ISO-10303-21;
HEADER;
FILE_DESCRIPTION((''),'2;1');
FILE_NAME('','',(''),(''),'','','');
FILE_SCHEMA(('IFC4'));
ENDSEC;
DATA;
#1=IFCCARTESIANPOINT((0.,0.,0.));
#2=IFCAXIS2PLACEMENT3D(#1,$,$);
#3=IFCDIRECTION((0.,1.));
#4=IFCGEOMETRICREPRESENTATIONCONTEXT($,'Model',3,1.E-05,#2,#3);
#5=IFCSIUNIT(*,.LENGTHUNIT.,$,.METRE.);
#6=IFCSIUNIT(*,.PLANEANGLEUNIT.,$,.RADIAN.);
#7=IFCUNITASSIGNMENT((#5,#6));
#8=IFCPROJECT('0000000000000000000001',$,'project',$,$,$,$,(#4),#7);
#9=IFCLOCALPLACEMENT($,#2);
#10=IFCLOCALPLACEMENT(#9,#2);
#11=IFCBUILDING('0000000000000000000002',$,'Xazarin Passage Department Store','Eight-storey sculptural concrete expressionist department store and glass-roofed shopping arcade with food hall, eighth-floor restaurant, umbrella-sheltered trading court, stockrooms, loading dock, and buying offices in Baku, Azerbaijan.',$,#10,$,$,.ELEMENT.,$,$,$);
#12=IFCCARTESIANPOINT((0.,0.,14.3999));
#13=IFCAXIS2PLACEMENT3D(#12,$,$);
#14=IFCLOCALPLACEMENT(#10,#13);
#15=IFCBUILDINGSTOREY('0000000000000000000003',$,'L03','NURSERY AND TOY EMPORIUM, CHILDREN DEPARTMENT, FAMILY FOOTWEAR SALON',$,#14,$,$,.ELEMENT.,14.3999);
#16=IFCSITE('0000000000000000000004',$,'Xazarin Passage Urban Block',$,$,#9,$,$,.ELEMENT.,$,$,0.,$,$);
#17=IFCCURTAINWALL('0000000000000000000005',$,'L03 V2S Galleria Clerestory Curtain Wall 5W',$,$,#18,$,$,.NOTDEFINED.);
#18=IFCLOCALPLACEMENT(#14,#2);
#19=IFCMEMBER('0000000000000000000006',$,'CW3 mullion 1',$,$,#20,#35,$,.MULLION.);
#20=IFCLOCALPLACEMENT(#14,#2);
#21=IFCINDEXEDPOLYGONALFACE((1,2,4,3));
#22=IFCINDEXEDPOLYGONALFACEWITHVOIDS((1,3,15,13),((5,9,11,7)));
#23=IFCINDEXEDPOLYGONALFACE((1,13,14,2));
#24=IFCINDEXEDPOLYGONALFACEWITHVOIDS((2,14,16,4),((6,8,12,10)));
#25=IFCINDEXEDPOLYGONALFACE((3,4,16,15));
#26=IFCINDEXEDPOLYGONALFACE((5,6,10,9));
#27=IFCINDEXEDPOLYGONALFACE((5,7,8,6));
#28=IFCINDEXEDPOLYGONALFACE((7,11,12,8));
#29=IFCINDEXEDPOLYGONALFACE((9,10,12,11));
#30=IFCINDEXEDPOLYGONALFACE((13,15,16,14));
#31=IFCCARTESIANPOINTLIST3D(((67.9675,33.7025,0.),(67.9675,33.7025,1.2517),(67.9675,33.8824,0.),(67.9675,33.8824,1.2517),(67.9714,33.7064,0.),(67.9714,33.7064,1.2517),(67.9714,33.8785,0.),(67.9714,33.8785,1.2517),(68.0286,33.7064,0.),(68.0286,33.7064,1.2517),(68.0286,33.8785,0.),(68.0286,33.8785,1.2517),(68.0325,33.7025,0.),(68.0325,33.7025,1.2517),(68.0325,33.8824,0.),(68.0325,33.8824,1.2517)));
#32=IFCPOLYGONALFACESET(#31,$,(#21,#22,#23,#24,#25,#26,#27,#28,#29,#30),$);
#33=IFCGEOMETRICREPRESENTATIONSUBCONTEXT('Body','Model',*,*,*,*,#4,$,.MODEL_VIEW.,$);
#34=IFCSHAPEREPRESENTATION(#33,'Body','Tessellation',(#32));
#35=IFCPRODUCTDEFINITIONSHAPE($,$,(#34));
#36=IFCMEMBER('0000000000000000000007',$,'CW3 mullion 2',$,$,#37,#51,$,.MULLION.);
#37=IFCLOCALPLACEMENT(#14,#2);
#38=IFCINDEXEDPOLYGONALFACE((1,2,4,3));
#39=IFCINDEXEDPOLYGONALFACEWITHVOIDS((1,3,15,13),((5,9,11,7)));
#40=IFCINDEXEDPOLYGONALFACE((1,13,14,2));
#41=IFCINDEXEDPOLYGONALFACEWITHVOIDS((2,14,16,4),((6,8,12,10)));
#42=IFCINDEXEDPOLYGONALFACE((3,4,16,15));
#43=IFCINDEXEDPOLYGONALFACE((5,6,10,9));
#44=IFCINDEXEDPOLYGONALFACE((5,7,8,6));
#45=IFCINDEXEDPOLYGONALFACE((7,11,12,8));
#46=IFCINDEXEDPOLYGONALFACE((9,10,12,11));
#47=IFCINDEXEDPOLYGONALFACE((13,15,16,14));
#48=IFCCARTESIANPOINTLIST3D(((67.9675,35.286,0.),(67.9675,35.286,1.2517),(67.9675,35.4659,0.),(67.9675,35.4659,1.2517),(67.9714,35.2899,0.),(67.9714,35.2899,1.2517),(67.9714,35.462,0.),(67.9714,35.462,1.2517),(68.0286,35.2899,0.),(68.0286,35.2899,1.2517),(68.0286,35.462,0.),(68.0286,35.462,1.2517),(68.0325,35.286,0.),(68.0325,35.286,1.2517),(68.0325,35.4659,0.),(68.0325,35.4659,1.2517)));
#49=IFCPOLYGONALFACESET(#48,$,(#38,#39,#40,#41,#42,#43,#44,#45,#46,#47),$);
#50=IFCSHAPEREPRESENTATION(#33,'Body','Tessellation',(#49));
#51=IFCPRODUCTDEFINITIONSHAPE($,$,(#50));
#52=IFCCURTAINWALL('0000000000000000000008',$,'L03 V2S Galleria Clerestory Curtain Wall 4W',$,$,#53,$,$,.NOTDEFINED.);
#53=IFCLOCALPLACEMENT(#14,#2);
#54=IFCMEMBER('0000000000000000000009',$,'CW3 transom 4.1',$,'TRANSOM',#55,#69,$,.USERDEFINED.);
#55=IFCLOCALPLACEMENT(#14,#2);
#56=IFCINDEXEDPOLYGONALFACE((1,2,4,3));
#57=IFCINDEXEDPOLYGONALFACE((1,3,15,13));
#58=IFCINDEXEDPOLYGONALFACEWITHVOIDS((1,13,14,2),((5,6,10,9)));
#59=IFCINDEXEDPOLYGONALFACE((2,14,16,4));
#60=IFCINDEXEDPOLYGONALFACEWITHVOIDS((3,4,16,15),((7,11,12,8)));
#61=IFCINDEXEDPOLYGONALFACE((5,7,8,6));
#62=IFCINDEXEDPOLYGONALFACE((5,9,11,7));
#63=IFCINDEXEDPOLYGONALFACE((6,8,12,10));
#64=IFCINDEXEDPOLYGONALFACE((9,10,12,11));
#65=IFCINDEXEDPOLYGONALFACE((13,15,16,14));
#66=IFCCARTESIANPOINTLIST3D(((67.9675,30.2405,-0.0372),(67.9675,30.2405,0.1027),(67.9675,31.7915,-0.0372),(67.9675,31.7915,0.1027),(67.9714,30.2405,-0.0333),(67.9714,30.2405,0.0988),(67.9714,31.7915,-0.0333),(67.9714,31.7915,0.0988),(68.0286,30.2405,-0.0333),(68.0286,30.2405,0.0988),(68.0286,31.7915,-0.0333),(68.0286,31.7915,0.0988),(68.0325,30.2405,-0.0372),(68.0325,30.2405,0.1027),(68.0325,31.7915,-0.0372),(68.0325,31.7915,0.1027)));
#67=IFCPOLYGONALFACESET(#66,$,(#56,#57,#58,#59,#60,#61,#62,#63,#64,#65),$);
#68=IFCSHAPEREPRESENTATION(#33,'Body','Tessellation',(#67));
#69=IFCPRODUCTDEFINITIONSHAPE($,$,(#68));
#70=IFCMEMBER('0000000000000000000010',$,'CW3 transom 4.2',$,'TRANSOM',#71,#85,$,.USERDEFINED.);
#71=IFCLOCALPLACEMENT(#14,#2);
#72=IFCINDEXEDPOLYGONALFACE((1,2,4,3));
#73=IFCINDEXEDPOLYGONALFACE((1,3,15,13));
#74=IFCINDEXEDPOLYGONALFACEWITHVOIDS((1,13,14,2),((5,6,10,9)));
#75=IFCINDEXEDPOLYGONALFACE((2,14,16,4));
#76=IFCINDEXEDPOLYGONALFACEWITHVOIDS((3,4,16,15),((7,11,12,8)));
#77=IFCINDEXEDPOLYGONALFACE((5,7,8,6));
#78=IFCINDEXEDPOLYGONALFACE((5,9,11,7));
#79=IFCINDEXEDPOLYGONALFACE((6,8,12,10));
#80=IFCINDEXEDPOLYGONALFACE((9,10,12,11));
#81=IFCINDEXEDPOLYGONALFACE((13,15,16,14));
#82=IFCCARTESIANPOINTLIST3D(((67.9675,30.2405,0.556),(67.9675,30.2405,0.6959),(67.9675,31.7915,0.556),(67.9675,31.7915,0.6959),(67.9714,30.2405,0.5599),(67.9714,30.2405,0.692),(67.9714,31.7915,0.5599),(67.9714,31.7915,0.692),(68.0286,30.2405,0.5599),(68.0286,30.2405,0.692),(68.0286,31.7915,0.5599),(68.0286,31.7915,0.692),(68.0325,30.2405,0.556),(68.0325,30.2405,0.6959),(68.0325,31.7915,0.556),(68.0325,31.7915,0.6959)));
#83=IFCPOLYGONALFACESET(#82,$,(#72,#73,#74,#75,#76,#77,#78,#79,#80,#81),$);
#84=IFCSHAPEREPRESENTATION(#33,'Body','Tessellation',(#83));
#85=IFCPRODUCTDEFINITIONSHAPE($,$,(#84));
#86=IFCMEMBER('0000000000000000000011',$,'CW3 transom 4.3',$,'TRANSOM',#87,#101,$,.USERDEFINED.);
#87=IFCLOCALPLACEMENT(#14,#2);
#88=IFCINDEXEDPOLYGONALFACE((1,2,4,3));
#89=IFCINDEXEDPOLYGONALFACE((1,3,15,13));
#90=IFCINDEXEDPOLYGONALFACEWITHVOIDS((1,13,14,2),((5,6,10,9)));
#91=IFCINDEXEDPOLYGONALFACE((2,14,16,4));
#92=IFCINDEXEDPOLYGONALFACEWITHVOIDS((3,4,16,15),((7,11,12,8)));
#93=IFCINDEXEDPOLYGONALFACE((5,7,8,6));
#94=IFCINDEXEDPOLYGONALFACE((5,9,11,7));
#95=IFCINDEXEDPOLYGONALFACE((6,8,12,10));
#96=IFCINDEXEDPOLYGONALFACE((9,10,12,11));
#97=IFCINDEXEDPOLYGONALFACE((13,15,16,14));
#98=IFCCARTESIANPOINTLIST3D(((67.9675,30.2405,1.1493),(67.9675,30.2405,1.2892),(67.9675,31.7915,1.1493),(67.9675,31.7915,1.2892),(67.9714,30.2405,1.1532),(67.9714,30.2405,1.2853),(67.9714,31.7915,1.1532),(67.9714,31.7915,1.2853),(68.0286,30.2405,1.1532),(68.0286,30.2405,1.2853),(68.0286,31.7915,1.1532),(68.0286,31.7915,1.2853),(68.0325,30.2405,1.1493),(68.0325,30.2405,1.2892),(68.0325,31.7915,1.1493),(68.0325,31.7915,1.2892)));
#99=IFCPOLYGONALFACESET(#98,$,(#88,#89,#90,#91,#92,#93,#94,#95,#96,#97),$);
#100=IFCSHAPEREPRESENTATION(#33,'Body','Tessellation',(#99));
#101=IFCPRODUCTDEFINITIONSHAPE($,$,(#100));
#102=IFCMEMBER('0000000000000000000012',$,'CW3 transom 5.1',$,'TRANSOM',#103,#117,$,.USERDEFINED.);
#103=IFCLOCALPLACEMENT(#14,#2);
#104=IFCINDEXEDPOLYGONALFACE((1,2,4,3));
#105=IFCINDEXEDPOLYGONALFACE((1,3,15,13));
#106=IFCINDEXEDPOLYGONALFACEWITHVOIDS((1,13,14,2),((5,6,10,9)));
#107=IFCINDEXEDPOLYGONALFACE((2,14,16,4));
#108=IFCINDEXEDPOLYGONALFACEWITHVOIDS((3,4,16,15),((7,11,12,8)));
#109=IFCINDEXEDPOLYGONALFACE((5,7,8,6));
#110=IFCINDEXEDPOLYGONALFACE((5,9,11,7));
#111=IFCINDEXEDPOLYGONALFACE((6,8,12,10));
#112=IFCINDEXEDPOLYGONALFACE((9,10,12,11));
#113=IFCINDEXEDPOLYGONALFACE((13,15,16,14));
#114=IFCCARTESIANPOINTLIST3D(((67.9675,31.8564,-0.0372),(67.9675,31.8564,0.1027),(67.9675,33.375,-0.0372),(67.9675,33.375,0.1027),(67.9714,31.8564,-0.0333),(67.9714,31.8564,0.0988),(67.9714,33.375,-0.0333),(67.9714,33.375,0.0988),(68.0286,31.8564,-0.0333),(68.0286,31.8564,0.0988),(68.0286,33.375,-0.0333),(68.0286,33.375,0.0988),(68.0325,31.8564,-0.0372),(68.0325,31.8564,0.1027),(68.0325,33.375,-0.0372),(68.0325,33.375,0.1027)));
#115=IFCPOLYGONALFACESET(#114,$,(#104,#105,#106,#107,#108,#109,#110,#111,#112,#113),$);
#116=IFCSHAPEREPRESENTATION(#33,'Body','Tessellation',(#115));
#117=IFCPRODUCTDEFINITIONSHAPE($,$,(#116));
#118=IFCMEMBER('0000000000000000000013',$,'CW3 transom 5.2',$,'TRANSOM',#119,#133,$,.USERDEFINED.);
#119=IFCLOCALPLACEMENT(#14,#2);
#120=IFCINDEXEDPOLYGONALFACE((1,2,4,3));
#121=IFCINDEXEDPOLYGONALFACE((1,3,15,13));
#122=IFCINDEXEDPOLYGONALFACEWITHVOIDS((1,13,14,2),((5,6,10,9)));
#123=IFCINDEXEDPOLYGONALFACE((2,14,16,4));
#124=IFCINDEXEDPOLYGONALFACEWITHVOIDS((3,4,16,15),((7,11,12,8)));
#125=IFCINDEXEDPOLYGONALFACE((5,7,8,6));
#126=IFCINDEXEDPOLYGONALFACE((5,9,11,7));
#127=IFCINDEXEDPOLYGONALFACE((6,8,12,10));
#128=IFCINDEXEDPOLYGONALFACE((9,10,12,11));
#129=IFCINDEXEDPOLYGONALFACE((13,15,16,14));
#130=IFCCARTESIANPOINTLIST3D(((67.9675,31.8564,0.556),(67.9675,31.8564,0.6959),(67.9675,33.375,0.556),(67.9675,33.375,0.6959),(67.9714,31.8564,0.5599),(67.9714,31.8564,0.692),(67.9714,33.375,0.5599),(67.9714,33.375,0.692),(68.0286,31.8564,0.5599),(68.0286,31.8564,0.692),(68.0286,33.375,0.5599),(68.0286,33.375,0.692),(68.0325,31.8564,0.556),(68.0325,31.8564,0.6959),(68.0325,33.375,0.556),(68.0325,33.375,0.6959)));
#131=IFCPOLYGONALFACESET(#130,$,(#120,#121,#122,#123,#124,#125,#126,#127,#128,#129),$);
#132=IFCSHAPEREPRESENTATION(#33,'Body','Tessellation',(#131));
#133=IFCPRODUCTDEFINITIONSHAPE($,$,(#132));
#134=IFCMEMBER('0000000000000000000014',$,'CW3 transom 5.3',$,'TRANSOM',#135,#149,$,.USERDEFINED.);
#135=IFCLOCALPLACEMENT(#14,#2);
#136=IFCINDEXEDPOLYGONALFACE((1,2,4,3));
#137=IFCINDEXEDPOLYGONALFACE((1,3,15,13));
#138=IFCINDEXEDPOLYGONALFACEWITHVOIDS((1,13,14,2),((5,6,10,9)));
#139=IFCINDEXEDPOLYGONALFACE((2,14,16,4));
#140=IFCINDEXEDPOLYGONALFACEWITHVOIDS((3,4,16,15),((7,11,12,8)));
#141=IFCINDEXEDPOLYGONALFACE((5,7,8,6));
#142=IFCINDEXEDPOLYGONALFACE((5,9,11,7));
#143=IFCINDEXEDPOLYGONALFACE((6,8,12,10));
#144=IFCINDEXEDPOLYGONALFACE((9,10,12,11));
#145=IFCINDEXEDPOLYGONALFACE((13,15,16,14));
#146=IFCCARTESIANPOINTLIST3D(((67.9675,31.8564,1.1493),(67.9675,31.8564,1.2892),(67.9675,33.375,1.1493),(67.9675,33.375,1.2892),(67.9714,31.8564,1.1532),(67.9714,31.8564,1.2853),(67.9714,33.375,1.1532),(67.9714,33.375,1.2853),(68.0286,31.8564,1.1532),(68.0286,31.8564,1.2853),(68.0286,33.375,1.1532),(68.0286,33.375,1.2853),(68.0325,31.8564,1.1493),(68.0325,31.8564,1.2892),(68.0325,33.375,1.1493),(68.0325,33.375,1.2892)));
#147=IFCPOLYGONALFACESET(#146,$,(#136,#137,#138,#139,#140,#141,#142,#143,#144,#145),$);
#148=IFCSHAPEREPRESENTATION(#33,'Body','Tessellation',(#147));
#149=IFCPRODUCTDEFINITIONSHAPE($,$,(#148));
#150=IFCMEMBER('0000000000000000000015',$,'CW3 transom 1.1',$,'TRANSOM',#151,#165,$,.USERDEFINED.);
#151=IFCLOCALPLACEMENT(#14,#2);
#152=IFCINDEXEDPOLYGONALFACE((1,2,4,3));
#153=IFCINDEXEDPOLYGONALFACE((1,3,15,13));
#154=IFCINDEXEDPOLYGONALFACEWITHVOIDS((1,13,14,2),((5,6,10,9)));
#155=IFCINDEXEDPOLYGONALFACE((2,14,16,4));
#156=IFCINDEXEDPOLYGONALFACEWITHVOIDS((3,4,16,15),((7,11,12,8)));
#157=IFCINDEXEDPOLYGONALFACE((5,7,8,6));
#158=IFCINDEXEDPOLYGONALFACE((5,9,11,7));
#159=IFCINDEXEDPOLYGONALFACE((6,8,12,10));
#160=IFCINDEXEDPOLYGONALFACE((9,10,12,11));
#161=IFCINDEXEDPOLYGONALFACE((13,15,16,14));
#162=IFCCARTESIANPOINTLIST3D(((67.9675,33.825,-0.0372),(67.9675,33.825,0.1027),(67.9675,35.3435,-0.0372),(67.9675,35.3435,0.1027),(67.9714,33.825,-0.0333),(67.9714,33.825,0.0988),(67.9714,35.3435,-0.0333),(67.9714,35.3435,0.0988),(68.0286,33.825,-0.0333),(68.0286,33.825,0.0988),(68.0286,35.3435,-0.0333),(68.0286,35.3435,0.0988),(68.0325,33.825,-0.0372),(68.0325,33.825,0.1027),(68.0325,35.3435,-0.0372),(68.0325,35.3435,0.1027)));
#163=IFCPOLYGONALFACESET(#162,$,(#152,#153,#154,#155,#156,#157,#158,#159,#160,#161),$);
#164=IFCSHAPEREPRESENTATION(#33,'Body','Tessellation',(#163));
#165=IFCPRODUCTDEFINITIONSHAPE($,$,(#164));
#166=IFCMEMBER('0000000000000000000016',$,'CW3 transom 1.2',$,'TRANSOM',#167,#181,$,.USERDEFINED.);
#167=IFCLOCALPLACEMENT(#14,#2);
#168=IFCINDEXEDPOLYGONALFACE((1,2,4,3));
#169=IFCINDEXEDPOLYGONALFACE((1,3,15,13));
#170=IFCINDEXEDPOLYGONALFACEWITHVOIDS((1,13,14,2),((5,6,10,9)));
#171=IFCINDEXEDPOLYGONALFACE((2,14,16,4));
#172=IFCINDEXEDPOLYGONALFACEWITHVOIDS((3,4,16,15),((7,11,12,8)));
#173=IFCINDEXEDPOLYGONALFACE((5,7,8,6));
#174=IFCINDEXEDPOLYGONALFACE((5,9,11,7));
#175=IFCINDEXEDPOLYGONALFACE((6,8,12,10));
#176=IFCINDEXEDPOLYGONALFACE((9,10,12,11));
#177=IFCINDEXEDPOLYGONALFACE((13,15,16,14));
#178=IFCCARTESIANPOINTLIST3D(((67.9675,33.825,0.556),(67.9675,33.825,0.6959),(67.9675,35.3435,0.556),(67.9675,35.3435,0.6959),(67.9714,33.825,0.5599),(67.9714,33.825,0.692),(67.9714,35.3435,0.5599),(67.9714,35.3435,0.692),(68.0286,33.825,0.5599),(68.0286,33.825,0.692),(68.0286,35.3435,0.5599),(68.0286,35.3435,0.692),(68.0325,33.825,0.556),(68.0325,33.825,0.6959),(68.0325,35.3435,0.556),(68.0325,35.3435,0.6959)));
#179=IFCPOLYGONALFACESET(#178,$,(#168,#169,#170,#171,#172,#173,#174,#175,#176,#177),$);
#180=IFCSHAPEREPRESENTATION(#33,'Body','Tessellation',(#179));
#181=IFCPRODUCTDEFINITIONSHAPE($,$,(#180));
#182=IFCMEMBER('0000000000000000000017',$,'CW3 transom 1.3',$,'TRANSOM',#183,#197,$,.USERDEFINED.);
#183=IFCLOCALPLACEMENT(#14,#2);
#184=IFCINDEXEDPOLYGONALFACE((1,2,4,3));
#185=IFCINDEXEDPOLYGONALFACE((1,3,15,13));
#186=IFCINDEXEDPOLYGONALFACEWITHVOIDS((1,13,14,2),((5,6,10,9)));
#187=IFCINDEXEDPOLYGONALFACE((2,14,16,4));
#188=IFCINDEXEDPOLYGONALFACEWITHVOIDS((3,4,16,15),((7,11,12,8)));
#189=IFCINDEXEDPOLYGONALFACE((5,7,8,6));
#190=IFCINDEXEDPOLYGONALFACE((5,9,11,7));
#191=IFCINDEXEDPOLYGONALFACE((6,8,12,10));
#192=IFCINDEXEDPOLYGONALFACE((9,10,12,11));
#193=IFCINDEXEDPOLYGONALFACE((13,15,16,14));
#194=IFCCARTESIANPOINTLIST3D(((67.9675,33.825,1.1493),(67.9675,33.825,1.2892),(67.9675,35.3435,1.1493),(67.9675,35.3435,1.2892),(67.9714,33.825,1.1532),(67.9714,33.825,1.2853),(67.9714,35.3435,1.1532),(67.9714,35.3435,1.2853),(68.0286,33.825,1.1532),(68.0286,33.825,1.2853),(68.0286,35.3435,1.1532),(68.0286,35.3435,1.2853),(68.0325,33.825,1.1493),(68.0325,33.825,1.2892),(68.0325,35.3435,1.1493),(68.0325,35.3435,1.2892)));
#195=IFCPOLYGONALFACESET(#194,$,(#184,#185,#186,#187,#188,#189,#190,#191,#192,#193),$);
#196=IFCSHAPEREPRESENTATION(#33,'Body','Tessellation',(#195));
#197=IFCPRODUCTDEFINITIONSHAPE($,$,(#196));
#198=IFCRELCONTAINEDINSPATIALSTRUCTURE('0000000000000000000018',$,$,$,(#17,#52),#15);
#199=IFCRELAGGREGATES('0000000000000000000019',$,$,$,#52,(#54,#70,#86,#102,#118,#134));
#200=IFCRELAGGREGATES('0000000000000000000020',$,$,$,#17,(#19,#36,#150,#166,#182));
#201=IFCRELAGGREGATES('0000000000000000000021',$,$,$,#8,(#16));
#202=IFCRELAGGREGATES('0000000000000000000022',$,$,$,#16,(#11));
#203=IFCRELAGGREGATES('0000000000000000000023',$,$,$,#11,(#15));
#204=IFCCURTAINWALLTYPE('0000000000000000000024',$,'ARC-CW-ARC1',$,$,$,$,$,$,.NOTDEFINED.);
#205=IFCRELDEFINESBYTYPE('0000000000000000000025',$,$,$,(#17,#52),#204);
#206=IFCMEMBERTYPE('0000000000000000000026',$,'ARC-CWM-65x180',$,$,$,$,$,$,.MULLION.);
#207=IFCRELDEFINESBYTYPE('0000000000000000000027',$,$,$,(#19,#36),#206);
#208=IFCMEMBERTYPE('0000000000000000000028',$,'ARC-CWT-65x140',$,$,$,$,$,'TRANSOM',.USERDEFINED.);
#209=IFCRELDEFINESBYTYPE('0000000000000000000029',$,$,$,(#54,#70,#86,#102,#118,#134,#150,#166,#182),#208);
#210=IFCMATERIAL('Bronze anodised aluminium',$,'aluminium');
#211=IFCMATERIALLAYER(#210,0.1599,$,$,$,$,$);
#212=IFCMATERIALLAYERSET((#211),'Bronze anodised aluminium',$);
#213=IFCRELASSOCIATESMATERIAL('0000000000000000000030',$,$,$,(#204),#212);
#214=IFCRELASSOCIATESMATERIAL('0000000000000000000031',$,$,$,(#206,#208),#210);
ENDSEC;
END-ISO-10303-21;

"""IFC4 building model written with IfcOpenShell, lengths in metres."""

from ifc_helpers import new_model, si_unit, direction, frame, origin, origin_2d, place, context, subcontext, project, spatial, hollow_rectangle, extrude, material, layer, layer_set, material_profile, profile_set, type_object, element, aggregate, save


model = new_model("IFC4")

# Units and contexts
model_context = context("Model", 3, precision=1e-05, world=origin(), true_north=direction((0.0, 1.0)))
body_context = subcontext(model_context, "Body", "Model", "MODEL_VIEW")
ifc_project = project(units=[si_unit("LENGTHUNIT", "METRE"), si_unit("PLANEANGLEUNIT", "RADIAN")], contexts=[model_context])

# Site, building, storey
site_placement = place(None, origin())
site = spatial("IfcSite", under=ifc_project, at=site_placement, Name="Xazarin Passage Urban Block", CompositionType="ELEMENT", RefElevation=0.0)
building_placement = place(site_placement, origin())
building = spatial("IfcBuilding", under=site, at=building_placement, Name="Xazarin Passage Department Store", Description="Eight-storey sculptural concrete expressionist department store and glass-roofed shopping arcade with food hall, eighth-floor restaurant, umbrella-sheltered trading court, stockrooms, loading dock, and buying offices in Baku, Azerbaijan.", CompositionType="ELEMENT")
storey_placement = place(building_placement, frame((0.0, 0.0, 14.3999)))
storey = spatial("IfcBuildingStorey", under=building, at=storey_placement, Name="L03", Description="NURSERY AND TOY EMPORIUM, CHILDREN DEPARTMENT, FAMILY FOOTWEAR SALON", CompositionType="ELEMENT", Elevation=14.3999)

# Curtain walls, members
ifc_material_1 = material(Name="Bronze anodised aluminium", Category="aluminium")
ifc_layer_1 = layer(ifc_material_1, 0.1599)
ifc_layer_set_1 = layer_set([ifc_layer_1], Name="Bronze anodised aluminium")
curtain_wall_type = type_object("IfcCurtainWallType", Name="ARC-CW-ARC1", PredefinedType="NOTDEFINED", material=ifc_layer_set_1)
curtain_wall_1_placement = place(storey_placement, origin())
curtain_wall_1 = element("IfcCurtainWall", 1, at=curtain_wall_1_placement, inside=storey, type_object=curtain_wall_type, Name="L03 V2S Galleria Clerestory Curtain Wall 5W", PredefinedType="NOTDEFINED")
ifc_material_profile_1 = material_profile(ifc_material_1, hollow_rectangle(XDim=0.0649, YDim=0.1799, WallThickness=0.0039, at=origin_2d()), Name="ALU 65x180")
ifc_profile_set_1 = profile_set([ifc_material_profile_1], Name="Bronze anodised aluminium")
member_type_1 = type_object("IfcMemberType", Name="ARC-CWM-65x180", PredefinedType="MULLION", material=ifc_profile_set_1)
member_1_placement = place(storey_placement, frame((68.0, 33.7925, 0.0), z_axis=(0.0, 0.0, 1.0), x_axis=(-1.0, 0.0, 0.0)))
member_1 = element("IfcMember", 2, at=member_1_placement, type_object=member_type_1, Name="CW3 mullion 1", PredefinedType="MULLION", context=body_context, shape_type="SweptSolid", body=[
    extrude(hollow_rectangle(XDim=0.0649, YDim=0.1799, WallThickness=0.0039, at=origin_2d()), origin(), (0.0, 0.0, 1.0), 1.2517),
])
member_2_placement = place(storey_placement, frame((68.0, 35.376, 0.0), z_axis=(0.0, 0.0, 1.0), x_axis=(-1.0, 0.0, 0.0)))
member_2 = element("IfcMember", 3, at=member_2_placement, type_object=member_type_1, Name="CW3 mullion 2", PredefinedType="MULLION", context=body_context, shape_type="SweptSolid", body=[
    extrude(hollow_rectangle(XDim=0.0649, YDim=0.1799, WallThickness=0.0039, at=origin_2d()), origin(), (0.0, 0.0, 1.0), 1.2517),
])
curtain_wall_2_placement = place(storey_placement, origin())
curtain_wall_2 = element("IfcCurtainWall", 4, at=curtain_wall_2_placement, inside=storey, type_object=curtain_wall_type, Name="L03 V2S Galleria Clerestory Curtain Wall 4W", PredefinedType="NOTDEFINED")
ifc_material_profile_2 = material_profile(ifc_material_1, hollow_rectangle(XDim=0.0649, YDim=0.1399, WallThickness=0.0039, at=origin_2d()), Name="ALU 65x140")
ifc_profile_set_2 = profile_set([ifc_material_profile_2], Name="Bronze anodised aluminium")
member_type_2 = type_object("IfcMemberType", Name="ARC-CWT-65x140", ElementType="TRANSOM", PredefinedType="USERDEFINED", material=ifc_profile_set_2)
member_3_placement = place(storey_placement, frame((68.0, 30.2405, 0.0327), z_axis=(0.0, 1.0, 0.0), x_axis=(-1.0, 0.0, 0.0)))
member_3 = element("IfcMember", 5, at=member_3_placement, type_object=member_type_2, Name="CW3 transom 4.1", ObjectType="TRANSOM", PredefinedType="USERDEFINED", context=body_context, shape_type="SweptSolid", body=[
    extrude(hollow_rectangle(XDim=0.0649, YDim=0.1399, WallThickness=0.0039, at=origin_2d()), origin(), (0.0, 0.0, 1.0), 1.551),
])
member_4_placement = place(storey_placement, frame((68.0, 30.2405, 0.626), z_axis=(0.0, 1.0, 0.0), x_axis=(-1.0, 0.0, 0.0)))
member_4 = element("IfcMember", 6, at=member_4_placement, type_object=member_type_2, Name="CW3 transom 4.2", ObjectType="TRANSOM", PredefinedType="USERDEFINED", context=body_context, shape_type="SweptSolid", body=[
    extrude(hollow_rectangle(XDim=0.0649, YDim=0.1399, WallThickness=0.0039, at=origin_2d()), origin(), (0.0, 0.0, 1.0), 1.551),
])
member_5_placement = place(storey_placement, frame((68.0, 30.2405, 1.2192), z_axis=(0.0, 1.0, 0.0), x_axis=(-1.0, 0.0, 0.0)))
member_5 = element("IfcMember", 7, at=member_5_placement, type_object=member_type_2, Name="CW3 transom 4.3", ObjectType="TRANSOM", PredefinedType="USERDEFINED", context=body_context, shape_type="SweptSolid", body=[
    extrude(hollow_rectangle(XDim=0.0649, YDim=0.1399, WallThickness=0.0039, at=origin_2d()), origin(), (0.0, 0.0, 1.0), 1.551),
])
member_6_placement = place(storey_placement, frame((68.0, 31.8564, 0.0327), z_axis=(0.0, 1.0, 0.0), x_axis=(-1.0, 0.0, 0.0)))
member_6 = element("IfcMember", 8, at=member_6_placement, type_object=member_type_2, Name="CW3 transom 5.1", ObjectType="TRANSOM", PredefinedType="USERDEFINED", context=body_context, shape_type="SweptSolid", body=[
    extrude(hollow_rectangle(XDim=0.0649, YDim=0.1399, WallThickness=0.0039, at=origin_2d()), origin(), (0.0, 0.0, 1.0), 1.5186),
])
member_7_placement = place(storey_placement, frame((68.0, 31.8564, 0.626), z_axis=(0.0, 1.0, 0.0), x_axis=(-1.0, 0.0, 0.0)))
member_7 = element("IfcMember", 9, at=member_7_placement, type_object=member_type_2, Name="CW3 transom 5.2", ObjectType="TRANSOM", PredefinedType="USERDEFINED", context=body_context, shape_type="SweptSolid", body=[
    extrude(hollow_rectangle(XDim=0.0649, YDim=0.1399, WallThickness=0.0039, at=origin_2d()), origin(), (0.0, 0.0, 1.0), 1.5186),
])
member_8_placement = place(storey_placement, frame((68.0, 31.8564, 1.2192), z_axis=(0.0, 1.0, 0.0), x_axis=(-1.0, 0.0, 0.0)))
member_8 = element("IfcMember", 10, at=member_8_placement, type_object=member_type_2, Name="CW3 transom 5.3", ObjectType="TRANSOM", PredefinedType="USERDEFINED", context=body_context, shape_type="SweptSolid", body=[
    extrude(hollow_rectangle(XDim=0.0649, YDim=0.1399, WallThickness=0.0039, at=origin_2d()), origin(), (0.0, 0.0, 1.0), 1.5186),
])

# Members
member_9_placement = place(storey_placement, frame((68.0, 33.825, 0.0327), z_axis=(0.0, 1.0, 0.0), x_axis=(-1.0, 0.0, 0.0)))
member_9 = element("IfcMember", 11, at=member_9_placement, type_object=member_type_2, Name="CW3 transom 1.1", ObjectType="TRANSOM", PredefinedType="USERDEFINED", context=body_context, shape_type="SweptSolid", body=[
    extrude(hollow_rectangle(XDim=0.0649, YDim=0.1399, WallThickness=0.0039, at=origin_2d()), origin(), (0.0, 0.0, 1.0), 1.5186),
])
member_10_placement = place(storey_placement, frame((68.0, 33.825, 0.626), z_axis=(0.0, 1.0, 0.0), x_axis=(-1.0, 0.0, 0.0)))
member_10 = element("IfcMember", 12, at=member_10_placement, type_object=member_type_2, Name="CW3 transom 1.2", ObjectType="TRANSOM", PredefinedType="USERDEFINED", context=body_context, shape_type="SweptSolid", body=[
    extrude(hollow_rectangle(XDim=0.0649, YDim=0.1399, WallThickness=0.0039, at=origin_2d()), origin(), (0.0, 0.0, 1.0), 1.5186),
])
member_11_placement = place(storey_placement, frame((68.0, 33.825, 1.2192), z_axis=(0.0, 1.0, 0.0), x_axis=(-1.0, 0.0, 0.0)))
member_11 = element("IfcMember", 13, at=member_11_placement, type_object=member_type_2, Name="CW3 transom 1.3", ObjectType="TRANSOM", PredefinedType="USERDEFINED", context=body_context, shape_type="SweptSolid", body=[
    extrude(hollow_rectangle(XDim=0.0649, YDim=0.1399, WallThickness=0.0039, at=origin_2d()), origin(), (0.0, 0.0, 1.0), 1.5186),
])

aggregate(curtain_wall_2, [member_3, member_4, member_5, member_6, member_7, member_8])
aggregate(curtain_wall_1, [member_1, member_2, member_9, member_10, member_11])

save(model, "model.ifc")
